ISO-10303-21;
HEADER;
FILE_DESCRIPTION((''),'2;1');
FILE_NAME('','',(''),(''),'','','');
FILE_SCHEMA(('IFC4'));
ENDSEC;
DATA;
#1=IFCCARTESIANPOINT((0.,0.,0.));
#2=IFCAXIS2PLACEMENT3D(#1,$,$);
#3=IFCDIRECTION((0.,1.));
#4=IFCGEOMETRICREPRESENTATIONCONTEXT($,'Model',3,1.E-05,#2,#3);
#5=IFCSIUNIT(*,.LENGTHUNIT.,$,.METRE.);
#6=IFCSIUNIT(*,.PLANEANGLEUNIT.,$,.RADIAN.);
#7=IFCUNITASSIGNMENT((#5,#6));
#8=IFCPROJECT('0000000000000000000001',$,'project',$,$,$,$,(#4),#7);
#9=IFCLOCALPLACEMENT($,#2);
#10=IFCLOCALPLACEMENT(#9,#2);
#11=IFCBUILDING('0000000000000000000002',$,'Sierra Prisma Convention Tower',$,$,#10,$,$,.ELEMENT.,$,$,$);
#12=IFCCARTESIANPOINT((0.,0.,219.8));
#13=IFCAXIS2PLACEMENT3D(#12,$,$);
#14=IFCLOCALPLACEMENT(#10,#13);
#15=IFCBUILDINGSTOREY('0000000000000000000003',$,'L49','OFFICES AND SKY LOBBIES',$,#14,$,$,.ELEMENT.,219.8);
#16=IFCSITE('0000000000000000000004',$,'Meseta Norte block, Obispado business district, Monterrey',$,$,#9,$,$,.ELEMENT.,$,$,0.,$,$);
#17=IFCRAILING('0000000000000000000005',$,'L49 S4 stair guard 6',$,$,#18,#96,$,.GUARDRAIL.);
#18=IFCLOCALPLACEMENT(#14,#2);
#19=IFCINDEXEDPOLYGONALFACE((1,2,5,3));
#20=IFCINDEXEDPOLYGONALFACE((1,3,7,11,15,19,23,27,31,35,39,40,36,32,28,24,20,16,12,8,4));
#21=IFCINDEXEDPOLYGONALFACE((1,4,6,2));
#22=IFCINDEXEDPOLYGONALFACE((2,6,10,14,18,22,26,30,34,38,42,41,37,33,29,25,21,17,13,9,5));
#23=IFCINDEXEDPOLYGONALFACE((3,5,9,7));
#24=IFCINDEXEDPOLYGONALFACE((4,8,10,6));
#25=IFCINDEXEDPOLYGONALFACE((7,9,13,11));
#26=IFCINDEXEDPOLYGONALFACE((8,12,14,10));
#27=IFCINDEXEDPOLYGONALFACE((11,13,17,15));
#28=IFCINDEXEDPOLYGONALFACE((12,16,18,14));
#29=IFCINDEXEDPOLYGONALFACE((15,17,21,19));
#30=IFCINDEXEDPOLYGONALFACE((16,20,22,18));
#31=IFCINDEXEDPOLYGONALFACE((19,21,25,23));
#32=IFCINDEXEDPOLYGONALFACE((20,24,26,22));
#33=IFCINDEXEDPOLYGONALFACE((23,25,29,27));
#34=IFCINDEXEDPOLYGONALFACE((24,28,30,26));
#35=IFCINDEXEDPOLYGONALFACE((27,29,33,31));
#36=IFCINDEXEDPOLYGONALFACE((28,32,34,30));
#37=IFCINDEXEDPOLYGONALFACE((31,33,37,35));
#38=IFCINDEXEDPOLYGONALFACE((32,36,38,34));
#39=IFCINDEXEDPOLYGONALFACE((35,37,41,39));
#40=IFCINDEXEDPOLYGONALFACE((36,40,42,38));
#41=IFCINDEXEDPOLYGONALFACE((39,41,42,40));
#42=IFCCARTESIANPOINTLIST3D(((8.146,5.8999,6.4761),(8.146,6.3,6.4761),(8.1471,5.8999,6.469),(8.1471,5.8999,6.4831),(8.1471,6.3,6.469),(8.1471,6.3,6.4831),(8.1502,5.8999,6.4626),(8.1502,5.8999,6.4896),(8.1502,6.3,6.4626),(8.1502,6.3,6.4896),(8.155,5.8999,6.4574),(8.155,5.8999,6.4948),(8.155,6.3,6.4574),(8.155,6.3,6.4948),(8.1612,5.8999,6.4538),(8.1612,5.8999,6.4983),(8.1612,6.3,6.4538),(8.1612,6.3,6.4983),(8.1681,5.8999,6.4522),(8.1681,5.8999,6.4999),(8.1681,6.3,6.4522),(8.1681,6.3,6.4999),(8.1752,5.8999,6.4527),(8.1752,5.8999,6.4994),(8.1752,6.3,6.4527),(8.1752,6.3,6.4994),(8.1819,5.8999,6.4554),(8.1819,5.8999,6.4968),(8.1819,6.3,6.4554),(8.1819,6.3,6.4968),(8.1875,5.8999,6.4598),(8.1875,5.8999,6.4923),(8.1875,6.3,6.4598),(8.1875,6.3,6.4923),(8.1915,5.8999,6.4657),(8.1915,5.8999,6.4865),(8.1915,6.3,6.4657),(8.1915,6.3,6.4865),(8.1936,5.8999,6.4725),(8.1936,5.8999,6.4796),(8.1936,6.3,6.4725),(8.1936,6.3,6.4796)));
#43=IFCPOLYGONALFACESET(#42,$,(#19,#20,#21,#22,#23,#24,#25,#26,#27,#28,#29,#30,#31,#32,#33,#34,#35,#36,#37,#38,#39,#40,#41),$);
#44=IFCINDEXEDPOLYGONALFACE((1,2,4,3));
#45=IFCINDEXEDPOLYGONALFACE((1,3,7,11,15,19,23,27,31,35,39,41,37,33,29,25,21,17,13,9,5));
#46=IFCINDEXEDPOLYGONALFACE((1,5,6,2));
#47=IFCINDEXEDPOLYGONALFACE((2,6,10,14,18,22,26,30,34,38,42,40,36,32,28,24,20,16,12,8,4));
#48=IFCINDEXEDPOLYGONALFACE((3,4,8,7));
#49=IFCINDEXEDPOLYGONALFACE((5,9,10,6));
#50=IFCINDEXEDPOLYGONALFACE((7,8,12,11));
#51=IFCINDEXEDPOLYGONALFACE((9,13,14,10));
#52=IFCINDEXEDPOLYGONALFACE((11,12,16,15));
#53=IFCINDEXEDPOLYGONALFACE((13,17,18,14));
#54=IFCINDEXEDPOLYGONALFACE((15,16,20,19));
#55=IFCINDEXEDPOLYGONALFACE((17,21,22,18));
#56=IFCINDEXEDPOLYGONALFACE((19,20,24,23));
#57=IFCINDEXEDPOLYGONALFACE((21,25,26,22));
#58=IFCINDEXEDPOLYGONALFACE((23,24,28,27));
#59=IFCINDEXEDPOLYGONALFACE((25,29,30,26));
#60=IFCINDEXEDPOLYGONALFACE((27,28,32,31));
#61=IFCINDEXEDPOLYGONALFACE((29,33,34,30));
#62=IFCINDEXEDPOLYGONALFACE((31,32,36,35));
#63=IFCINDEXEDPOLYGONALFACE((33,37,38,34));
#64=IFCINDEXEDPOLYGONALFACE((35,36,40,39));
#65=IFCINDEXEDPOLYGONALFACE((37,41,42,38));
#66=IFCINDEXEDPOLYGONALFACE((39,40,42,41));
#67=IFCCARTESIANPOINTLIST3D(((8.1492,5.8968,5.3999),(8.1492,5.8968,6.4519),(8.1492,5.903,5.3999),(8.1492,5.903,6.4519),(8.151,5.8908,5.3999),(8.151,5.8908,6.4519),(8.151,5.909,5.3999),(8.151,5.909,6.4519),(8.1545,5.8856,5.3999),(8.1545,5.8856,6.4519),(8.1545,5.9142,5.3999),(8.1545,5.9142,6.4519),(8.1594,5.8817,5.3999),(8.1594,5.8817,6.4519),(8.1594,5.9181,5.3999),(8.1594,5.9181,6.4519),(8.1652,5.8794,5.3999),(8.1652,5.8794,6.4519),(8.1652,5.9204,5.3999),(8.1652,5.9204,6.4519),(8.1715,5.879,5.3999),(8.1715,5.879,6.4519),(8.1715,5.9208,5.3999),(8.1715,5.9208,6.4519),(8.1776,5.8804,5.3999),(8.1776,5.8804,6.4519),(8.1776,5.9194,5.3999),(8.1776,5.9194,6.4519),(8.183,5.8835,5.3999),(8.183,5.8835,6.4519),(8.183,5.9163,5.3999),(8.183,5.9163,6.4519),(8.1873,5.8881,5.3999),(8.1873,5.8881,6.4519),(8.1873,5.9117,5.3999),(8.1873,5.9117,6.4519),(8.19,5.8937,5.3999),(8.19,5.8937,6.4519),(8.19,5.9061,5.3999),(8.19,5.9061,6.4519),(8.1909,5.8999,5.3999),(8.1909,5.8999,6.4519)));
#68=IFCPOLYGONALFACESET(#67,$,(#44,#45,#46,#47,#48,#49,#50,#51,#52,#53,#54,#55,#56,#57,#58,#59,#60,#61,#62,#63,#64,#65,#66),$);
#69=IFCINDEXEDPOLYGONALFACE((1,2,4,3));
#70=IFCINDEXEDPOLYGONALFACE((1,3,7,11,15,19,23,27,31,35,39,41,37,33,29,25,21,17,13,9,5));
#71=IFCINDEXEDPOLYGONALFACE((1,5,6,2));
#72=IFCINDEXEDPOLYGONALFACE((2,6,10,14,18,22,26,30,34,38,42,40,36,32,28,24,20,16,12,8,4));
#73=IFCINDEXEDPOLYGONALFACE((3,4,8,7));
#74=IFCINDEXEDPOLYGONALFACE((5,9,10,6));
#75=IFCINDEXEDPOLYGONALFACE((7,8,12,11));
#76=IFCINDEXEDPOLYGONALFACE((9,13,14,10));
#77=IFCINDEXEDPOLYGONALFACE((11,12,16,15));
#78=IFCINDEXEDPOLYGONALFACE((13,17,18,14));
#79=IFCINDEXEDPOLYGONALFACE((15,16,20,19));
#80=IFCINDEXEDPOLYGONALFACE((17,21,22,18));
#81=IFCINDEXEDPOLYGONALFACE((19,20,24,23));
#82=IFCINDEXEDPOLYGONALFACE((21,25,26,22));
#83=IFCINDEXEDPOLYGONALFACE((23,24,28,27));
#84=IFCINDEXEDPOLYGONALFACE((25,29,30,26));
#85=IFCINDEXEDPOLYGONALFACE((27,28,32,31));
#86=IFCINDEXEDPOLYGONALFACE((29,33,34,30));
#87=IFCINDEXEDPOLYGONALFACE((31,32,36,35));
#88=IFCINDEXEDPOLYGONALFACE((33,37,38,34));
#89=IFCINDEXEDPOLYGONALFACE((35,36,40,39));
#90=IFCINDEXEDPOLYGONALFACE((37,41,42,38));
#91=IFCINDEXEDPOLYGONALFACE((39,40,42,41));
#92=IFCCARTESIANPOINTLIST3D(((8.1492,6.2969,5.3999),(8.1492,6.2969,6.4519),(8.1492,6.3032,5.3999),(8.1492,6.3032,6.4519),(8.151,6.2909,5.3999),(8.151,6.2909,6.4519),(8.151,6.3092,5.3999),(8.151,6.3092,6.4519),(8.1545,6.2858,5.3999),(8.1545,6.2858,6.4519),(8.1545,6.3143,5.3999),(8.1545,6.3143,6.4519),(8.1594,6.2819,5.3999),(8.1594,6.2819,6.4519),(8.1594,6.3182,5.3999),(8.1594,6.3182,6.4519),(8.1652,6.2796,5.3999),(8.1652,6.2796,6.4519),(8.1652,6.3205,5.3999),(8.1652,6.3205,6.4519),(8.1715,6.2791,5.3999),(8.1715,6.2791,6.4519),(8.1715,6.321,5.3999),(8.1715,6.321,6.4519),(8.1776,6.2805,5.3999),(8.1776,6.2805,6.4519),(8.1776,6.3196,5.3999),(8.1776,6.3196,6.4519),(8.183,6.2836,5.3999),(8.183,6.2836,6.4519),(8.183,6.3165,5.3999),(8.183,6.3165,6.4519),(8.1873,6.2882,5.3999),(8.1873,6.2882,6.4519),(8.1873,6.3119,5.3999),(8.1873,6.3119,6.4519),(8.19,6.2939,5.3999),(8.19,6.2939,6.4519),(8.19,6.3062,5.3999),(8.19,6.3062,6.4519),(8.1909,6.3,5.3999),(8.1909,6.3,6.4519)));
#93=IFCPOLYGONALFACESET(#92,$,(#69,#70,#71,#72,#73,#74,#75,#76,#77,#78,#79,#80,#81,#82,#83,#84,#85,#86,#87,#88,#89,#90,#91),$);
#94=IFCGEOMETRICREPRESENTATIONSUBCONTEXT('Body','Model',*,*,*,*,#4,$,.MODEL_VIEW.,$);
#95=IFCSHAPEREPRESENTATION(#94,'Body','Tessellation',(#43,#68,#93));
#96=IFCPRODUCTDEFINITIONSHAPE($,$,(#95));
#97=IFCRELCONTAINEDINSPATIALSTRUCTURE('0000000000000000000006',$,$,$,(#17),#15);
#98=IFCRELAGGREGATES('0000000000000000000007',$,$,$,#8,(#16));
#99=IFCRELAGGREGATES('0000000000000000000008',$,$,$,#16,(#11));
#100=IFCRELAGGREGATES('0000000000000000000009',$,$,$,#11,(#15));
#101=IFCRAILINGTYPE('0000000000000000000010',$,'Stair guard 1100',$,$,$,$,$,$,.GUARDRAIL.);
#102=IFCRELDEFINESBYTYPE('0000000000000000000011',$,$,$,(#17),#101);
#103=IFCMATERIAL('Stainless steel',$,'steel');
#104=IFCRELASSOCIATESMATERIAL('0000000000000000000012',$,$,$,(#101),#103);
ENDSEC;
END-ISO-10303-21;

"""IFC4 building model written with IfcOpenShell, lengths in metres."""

from ifc_helpers import new_model, si_unit, direction, frame, origin, origin_2d, place, context, subcontext, project, spatial, circle, extrude, material, type_object, element, save


model = new_model("IFC4")

# Units and contexts
model_context = context("Model", 3, precision=1e-05, world=origin(), true_north=direction((0.0, 1.0)))
body_context = subcontext(model_context, "Body", "Model", "MODEL_VIEW")
ifc_project = project(units=[si_unit("LENGTHUNIT", "METRE"), si_unit("PLANEANGLEUNIT", "RADIAN")], contexts=[model_context])

# Site, building, storey
site_placement = place(None, origin())
site = spatial("IfcSite", under=ifc_project, at=site_placement, Name="Meseta Norte block, Obispado business district, Monterrey", CompositionType="ELEMENT", RefElevation=0.0)
building_placement = place(site_placement, origin())
building = spatial("IfcBuilding", under=site, at=building_placement, Name="Sierra Prisma Convention Tower", CompositionType="ELEMENT")
storey_placement = place(building_placement, frame((0.0, 0.0, 219.8)))
storey = spatial("IfcBuildingStorey", under=building, at=storey_placement, Name="L49", Description="OFFICES AND SKY LOBBIES", CompositionType="ELEMENT", Elevation=219.8)

# Railing
ifc_material_1 = material(Name="Stainless steel", Category="steel")
railing_type = type_object("IfcRailingType", Name="Stair guard 1100", PredefinedType="GUARDRAIL", material=ifc_material_1)
railing_1_placement = place(storey_placement, frame((8.1699, 5.8999, 5.3999)))
element("IfcRailing", 1, at=railing_1_placement, inside=storey, type_object=railing_type, Name="L49 S4 stair guard 6", PredefinedType="GUARDRAIL", context=body_context, shape_type="SweptSolid", body=[
    extrude(circle(Radius=0.0239, at=origin_2d()), frame((0.0, 0.0, 1.0762), z_axis=(0.0, 1.0, 0.0), x_axis=(-1.0, 0.0, 0.0)), (0.0, 0.0, 1.0), 0.4001),
    extrude(circle(Radius=0.021, at=origin_2d()), origin(), (0.0, 0.0, 1.0), 1.052),
    extrude(circle(Radius=0.021, at=origin_2d()), frame((0.0, 0.4001, 0.0)), (0.0, 0.0, 1.0), 1.052),
])

save(model, "model.ifc")
